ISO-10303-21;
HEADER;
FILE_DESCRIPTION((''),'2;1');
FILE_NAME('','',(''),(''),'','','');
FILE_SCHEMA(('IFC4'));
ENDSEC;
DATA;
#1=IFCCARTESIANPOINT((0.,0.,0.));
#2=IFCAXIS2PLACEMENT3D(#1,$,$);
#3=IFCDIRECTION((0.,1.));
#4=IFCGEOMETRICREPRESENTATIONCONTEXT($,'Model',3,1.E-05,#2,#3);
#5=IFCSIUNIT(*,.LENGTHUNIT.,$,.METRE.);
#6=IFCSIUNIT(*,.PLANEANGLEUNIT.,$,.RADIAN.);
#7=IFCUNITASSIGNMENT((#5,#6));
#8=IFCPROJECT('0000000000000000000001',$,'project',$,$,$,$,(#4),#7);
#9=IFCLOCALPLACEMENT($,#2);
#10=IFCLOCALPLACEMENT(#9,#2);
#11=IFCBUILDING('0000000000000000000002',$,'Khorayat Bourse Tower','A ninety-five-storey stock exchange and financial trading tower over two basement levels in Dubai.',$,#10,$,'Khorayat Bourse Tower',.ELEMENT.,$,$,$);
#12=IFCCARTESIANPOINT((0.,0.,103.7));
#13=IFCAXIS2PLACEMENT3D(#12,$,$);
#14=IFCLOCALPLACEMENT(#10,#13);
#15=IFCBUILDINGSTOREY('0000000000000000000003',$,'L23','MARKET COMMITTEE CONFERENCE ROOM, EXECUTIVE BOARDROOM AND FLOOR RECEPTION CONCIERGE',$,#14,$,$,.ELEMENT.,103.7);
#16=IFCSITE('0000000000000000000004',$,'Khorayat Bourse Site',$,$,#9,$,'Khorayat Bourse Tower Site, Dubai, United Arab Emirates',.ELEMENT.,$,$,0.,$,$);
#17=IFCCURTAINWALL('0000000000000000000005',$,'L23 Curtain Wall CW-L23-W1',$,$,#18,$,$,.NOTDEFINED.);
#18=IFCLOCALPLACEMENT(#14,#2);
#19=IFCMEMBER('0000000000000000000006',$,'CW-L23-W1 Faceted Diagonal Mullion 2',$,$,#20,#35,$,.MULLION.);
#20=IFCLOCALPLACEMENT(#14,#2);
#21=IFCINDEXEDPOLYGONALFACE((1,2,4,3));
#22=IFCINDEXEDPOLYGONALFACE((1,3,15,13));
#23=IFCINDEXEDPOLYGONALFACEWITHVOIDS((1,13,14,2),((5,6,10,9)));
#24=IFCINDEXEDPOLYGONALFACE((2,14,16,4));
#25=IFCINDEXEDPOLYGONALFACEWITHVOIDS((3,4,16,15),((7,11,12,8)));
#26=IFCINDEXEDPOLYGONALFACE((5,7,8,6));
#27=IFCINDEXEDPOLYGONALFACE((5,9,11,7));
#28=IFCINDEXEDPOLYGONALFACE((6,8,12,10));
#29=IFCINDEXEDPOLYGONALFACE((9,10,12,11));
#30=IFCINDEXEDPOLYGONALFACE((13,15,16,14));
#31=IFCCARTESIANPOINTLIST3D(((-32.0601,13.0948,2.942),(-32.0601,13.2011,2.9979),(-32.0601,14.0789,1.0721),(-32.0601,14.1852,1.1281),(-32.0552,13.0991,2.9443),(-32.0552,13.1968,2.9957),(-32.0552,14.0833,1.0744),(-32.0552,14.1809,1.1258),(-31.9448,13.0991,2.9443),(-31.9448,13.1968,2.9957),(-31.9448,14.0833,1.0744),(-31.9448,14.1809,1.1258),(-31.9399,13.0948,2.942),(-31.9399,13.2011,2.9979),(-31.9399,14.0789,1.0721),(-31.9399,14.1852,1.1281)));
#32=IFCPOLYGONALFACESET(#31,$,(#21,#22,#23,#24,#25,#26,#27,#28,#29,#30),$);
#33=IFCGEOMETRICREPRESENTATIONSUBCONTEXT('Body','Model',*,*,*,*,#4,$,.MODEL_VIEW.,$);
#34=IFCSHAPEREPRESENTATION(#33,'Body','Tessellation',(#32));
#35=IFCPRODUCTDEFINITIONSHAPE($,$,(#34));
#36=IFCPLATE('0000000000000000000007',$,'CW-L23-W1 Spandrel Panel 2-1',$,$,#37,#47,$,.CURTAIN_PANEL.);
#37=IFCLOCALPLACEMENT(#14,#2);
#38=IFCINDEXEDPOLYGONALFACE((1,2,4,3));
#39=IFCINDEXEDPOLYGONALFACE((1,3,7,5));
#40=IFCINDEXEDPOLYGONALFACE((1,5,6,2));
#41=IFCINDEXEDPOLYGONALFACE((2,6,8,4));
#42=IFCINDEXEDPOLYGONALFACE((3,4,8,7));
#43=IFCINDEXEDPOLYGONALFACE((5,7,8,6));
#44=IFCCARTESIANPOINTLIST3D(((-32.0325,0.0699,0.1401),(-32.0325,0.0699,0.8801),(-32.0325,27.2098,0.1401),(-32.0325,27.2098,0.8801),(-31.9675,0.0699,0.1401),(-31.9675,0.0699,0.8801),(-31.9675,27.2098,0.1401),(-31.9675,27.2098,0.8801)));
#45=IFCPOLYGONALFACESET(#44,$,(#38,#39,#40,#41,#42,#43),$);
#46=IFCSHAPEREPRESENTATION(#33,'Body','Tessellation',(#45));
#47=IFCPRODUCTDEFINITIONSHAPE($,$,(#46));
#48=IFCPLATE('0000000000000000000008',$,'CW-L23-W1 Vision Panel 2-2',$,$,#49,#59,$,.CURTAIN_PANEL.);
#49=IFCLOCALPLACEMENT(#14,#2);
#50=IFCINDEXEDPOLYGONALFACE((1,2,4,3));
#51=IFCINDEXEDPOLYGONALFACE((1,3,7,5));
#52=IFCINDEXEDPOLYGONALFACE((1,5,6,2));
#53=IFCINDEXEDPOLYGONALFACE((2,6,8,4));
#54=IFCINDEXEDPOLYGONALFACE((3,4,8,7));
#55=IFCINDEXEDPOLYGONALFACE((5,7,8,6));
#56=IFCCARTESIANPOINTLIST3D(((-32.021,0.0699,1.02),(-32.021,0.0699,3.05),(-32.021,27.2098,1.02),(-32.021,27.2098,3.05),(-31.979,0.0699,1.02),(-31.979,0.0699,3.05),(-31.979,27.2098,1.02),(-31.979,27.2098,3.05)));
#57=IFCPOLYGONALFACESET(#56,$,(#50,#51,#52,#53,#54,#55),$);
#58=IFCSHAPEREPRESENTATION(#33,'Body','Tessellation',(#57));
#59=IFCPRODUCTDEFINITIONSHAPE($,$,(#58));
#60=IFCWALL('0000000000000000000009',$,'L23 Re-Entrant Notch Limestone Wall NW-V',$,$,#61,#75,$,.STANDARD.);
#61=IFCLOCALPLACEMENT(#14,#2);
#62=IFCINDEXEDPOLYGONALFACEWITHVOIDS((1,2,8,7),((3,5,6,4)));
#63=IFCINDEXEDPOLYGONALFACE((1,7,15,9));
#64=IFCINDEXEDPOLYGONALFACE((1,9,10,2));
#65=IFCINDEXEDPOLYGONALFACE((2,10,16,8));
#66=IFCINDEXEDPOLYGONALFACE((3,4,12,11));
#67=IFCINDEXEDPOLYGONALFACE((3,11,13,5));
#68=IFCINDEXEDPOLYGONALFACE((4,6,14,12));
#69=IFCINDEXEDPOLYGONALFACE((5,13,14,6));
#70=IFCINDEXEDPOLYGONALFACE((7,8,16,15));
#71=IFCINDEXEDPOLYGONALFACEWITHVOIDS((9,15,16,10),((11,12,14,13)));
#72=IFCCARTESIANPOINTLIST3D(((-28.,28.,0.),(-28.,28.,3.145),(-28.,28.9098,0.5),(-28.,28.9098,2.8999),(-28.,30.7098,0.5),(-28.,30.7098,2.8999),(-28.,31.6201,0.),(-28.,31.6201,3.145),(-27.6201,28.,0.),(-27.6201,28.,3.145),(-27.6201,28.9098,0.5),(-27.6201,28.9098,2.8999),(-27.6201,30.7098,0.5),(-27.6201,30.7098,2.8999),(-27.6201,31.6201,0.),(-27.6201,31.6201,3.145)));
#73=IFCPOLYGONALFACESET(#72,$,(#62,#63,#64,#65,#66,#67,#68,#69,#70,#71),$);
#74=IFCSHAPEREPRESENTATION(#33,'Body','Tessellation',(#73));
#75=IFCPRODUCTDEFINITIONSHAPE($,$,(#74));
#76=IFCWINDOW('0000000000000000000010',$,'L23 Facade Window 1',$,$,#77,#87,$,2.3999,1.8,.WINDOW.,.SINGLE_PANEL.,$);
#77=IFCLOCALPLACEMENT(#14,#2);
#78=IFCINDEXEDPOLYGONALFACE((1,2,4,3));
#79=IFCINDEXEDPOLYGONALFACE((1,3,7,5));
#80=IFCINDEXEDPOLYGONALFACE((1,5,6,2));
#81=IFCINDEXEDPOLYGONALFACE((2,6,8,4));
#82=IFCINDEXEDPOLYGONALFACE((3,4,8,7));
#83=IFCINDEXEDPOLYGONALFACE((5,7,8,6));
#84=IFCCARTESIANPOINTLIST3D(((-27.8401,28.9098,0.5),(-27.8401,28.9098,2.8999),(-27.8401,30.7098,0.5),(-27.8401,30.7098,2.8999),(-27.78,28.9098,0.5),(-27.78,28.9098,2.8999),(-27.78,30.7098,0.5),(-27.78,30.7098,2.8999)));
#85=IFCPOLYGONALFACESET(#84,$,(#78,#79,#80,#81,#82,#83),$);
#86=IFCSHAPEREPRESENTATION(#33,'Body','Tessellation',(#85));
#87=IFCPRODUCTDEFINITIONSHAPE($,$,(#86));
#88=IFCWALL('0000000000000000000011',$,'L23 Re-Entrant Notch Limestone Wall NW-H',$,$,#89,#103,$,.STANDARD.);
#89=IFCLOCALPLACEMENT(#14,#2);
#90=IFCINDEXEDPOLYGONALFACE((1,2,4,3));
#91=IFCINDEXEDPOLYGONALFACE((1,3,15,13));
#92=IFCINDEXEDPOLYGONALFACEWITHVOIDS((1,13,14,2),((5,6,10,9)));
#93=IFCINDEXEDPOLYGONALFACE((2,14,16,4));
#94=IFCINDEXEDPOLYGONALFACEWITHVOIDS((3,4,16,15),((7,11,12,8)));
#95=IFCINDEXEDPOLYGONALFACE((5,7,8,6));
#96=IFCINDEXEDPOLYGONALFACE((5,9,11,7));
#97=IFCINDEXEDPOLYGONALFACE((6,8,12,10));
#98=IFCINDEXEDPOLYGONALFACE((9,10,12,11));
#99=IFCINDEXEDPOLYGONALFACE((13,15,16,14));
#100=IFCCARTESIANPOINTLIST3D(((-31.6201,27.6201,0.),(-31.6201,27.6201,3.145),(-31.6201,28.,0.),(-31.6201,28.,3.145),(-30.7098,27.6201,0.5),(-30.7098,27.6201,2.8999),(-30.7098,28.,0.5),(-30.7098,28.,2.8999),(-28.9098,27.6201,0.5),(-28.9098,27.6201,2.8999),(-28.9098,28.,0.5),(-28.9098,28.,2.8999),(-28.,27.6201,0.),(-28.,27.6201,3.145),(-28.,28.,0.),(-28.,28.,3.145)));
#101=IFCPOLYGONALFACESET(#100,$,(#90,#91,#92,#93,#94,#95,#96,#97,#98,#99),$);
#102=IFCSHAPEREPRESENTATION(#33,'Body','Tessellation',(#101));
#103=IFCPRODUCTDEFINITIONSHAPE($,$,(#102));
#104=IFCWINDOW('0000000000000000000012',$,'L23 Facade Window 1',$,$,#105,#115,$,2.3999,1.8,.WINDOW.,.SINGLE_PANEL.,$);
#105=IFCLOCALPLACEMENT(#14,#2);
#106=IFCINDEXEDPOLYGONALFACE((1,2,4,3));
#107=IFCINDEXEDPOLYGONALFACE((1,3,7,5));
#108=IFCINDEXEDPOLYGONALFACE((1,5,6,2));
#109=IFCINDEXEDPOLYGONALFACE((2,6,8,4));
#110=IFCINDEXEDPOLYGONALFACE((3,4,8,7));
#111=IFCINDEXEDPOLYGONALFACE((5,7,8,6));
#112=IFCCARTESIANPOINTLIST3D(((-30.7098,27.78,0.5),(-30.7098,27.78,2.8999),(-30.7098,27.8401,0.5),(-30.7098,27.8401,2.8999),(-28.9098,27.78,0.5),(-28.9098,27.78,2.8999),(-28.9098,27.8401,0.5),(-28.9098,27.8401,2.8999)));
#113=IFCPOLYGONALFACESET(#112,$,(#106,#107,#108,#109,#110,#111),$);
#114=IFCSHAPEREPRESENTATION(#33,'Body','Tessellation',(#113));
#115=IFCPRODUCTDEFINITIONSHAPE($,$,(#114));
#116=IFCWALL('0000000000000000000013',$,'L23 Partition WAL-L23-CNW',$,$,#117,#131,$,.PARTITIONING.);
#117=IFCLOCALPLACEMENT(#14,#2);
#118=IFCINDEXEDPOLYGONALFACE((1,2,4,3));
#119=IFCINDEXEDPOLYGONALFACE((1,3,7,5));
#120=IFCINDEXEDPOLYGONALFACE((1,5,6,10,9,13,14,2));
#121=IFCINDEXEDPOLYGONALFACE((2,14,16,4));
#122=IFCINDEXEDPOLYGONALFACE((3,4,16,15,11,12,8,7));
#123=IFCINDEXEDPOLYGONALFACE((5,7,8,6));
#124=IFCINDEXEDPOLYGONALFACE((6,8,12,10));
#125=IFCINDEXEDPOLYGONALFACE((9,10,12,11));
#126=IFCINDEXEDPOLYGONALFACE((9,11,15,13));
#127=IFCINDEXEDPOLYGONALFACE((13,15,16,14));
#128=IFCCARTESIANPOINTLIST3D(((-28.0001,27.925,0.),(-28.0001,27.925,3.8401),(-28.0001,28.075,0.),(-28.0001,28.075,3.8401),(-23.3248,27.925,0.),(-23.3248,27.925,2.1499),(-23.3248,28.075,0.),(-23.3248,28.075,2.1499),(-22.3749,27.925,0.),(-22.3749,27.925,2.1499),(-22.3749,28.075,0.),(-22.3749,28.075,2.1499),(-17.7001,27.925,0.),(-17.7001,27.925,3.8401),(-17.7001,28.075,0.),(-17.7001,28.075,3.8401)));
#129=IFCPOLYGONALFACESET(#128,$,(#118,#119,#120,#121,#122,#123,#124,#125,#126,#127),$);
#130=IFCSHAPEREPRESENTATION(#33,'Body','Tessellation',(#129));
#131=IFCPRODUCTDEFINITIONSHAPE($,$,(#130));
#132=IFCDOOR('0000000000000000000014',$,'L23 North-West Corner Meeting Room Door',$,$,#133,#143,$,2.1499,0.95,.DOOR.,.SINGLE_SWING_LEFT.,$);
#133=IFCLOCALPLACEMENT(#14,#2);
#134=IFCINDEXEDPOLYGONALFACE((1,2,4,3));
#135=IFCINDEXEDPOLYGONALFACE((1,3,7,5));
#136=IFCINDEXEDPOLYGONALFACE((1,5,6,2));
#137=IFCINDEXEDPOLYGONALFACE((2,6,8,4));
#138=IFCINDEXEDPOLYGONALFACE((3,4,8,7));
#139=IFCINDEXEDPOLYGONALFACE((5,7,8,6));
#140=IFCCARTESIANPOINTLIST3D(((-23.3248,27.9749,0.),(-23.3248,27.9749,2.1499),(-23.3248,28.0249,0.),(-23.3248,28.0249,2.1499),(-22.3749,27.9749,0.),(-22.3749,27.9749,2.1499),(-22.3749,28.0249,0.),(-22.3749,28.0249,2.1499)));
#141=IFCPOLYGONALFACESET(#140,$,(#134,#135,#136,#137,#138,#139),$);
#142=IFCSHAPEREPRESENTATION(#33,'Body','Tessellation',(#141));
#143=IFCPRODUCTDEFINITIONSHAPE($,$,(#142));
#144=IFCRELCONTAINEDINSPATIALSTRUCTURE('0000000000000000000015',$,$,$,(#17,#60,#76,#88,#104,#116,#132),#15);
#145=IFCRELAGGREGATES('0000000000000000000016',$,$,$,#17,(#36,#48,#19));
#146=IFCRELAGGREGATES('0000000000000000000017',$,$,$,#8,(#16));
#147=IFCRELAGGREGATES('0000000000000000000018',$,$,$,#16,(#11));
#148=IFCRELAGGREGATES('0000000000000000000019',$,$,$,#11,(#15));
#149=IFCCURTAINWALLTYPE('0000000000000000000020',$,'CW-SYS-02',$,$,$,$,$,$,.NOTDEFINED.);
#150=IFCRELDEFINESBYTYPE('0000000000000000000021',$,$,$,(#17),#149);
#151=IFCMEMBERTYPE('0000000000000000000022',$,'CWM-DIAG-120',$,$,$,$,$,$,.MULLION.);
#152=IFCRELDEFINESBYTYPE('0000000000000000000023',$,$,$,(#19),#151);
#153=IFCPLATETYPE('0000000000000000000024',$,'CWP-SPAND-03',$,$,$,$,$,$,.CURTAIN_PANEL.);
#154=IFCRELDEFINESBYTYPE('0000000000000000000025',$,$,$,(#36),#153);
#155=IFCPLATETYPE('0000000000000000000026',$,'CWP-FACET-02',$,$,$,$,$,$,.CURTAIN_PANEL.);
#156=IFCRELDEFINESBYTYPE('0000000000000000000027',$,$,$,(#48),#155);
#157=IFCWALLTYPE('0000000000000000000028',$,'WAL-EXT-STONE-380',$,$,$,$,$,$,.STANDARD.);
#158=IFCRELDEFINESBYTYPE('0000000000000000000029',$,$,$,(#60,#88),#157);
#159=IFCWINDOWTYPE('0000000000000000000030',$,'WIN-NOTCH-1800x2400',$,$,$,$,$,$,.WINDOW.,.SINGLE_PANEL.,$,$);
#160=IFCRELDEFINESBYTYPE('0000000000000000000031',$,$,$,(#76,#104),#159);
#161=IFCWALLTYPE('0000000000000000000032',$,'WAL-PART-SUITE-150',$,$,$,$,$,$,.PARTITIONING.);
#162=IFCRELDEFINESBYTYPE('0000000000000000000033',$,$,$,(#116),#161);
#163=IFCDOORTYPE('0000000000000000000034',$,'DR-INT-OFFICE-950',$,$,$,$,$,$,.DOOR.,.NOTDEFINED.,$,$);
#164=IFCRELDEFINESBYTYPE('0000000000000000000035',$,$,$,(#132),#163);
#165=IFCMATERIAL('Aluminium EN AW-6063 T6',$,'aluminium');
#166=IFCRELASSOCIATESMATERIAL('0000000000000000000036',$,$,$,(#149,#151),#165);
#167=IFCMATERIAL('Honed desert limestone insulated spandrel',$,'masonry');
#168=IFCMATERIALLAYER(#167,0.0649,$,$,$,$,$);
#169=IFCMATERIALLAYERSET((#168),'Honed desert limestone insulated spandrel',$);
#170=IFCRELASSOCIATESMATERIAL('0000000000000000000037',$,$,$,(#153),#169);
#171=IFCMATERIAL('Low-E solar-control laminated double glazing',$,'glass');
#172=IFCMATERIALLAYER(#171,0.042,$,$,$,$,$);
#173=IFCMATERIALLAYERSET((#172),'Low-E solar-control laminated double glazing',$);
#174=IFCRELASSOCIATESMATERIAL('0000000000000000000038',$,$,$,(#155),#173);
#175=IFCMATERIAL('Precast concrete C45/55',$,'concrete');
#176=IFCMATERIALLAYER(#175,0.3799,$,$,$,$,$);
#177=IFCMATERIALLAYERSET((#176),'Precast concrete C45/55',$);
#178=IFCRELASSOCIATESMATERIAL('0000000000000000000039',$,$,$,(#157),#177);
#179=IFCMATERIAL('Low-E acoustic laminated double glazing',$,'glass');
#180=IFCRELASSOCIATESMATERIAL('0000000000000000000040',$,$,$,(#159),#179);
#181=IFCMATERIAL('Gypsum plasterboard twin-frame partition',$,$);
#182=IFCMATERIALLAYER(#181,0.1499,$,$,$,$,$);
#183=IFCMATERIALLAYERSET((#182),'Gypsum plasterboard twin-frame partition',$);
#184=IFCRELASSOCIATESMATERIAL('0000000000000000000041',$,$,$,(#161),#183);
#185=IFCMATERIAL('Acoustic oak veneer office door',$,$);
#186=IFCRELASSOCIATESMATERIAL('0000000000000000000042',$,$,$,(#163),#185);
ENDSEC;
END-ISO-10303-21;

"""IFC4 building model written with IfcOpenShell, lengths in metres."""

from ifc_helpers import new_model, si_unit, direction, frame, frame_2d, origin, origin_2d, place, context, subcontext, project, spatial, rectangle, hollow_rectangle, extrude, source, transform, mapped, material, layer, layer_set, material_profile, profile_set, type_object, element, fill, aggregate, save


model = new_model("IFC4")

# Units and contexts
model_context = context("Model", 3, precision=1e-05, world=origin(), true_north=direction((0.0, 1.0)))
body_context = subcontext(model_context, "Body", "Model", "MODEL_VIEW")
ifc_project = project(units=[si_unit("LENGTHUNIT", "METRE"), si_unit("PLANEANGLEUNIT", "RADIAN")], contexts=[model_context])

# Site, building, storey
site_placement = place(None, origin())
site = spatial("IfcSite", under=ifc_project, at=site_placement, Name="Khorayat Bourse Site", LongName="Khorayat Bourse Tower Site, Dubai, United Arab Emirates", CompositionType="ELEMENT", RefElevation=0.0)
building_placement = place(site_placement, origin())
building = spatial("IfcBuilding", under=site, at=building_placement, Name="Khorayat Bourse Tower", Description="A ninety-five-storey stock exchange and financial trading tower over two basement levels in Dubai.", LongName="Khorayat Bourse Tower", CompositionType="ELEMENT")
storey_placement = place(building_placement, frame((0.0, 0.0, 103.7)))
storey = spatial("IfcBuildingStorey", under=building, at=storey_placement, Name="L23", Description="MARKET COMMITTEE CONFERENCE ROOM, EXECUTIVE BOARDROOM AND FLOOR RECEPTION CONCIERGE", CompositionType="ELEMENT", Elevation=103.7)

# Shared definitions
ifc_material_1 = material(Name="Aluminium EN AW-6063 T6", Category="aluminium")
curtain_wall_type = type_object("IfcCurtainWallType", Name="CW-SYS-02", PredefinedType="NOTDEFINED", material=ifc_material_1)

# Curtain wall, member, plates
curtain_wall_1_placement = place(storey_placement, origin())
curtain_wall_1 = element("IfcCurtainWall", 1, at=curtain_wall_1_placement, inside=storey, type_object=curtain_wall_type, Name="L23 Curtain Wall CW-L23-W1", PredefinedType="NOTDEFINED")
ifc_material_profile_1 = material_profile(ifc_material_1, hollow_rectangle(XDim=0.1201, YDim=0.1201, WallThickness=0.0049, at=origin_2d()), Name="ALU 120x120x5")
ifc_profile_set_1 = profile_set([ifc_material_profile_1], Name="Aluminium EN AW-6063 T6")
member_type_1 = type_object("IfcMemberType", Name="CWM-DIAG-120", PredefinedType="MULLION", material=ifc_profile_set_1)
shared_shape_1 = source(origin(), body_context, "Body", "SweptSolid", [
    extrude(hollow_rectangle(XDim=0.1201, YDim=0.1201, WallThickness=0.0049, at=origin_2d()), origin(), (0.0, 0.0, 1.0), 2.113),
])
member_1_placement = place(storey_placement, frame((-32.0, 14.1321, 1.1001), z_axis=(0.0, -0.465742, 0.884921), x_axis=(1.0, 0.0, 0.0)))
member_1 = element("IfcMember", 2, at=member_1_placement, type_object=member_type_1, Name="CW-L23-W1 Faceted Diagonal Mullion 2", PredefinedType="MULLION", context=body_context, shape_type="MappedRepresentation", body=[
    mapped(shared_shape_1, transform((0.0, 0.0, 0.0), scale=1.0)),
])
ifc_material_2 = material(Name="Honed desert limestone insulated spandrel", Category="masonry")
ifc_layer_1 = layer(ifc_material_2, 0.0649)
ifc_layer_set_1 = layer_set([ifc_layer_1], Name="Honed desert limestone insulated spandrel")
plate_type_1 = type_object("IfcPlateType", Name="CWP-SPAND-03", PredefinedType="CURTAIN_PANEL", material=ifc_layer_set_1)
shared_shape_2 = source(origin(), body_context, "Body", "SweptSolid", [
    extrude(rectangle(XDim=27.1399, YDim=0.0649, at=origin_2d()), origin(), (0.0, 0.0, 1.0), 0.74),
])
plate_1_placement = place(storey_placement, frame((-32.0, 13.6399, 0.1401), z_axis=(0.0, 0.0, 1.0), x_axis=(0.0, 1.0, 0.0)))
plate_1 = element("IfcPlate", 3, at=plate_1_placement, type_object=plate_type_1, Name="CW-L23-W1 Spandrel Panel 2-1", PredefinedType="CURTAIN_PANEL", context=body_context, shape_type="MappedRepresentation", body=[
    mapped(shared_shape_2, transform((0.0, 0.0, 0.0), scale=1.0)),
])
ifc_material_3 = material(Name="Low-E solar-control laminated double glazing", Category="glass")
ifc_layer_2 = layer(ifc_material_3, 0.042)
ifc_layer_set_2 = layer_set([ifc_layer_2], Name="Low-E solar-control laminated double glazing")
plate_type_2 = type_object("IfcPlateType", Name="CWP-FACET-02", PredefinedType="CURTAIN_PANEL", material=ifc_layer_set_2)
shared_shape_3 = source(origin(), body_context, "Body", "SweptSolid", [
    extrude(rectangle(XDim=27.1399, YDim=0.042, at=origin_2d()), origin(), (0.0, 0.0, 1.0), 2.03),
])
plate_2_placement = place(storey_placement, frame((-32.0, 13.6399, 1.02), z_axis=(0.0, 0.0, 1.0), x_axis=(0.0, 1.0, 0.0)))
plate_2 = element("IfcPlate", 4, at=plate_2_placement, type_object=plate_type_2, Name="CW-L23-W1 Vision Panel 2-2", PredefinedType="CURTAIN_PANEL", context=body_context, shape_type="MappedRepresentation", body=[
    mapped(shared_shape_3, transform((0.0, 0.0, 0.0), scale=1.0)),
])
aggregate(curtain_wall_1, [plate_1, plate_2, member_1])

# Walls, openings, windows
ifc_material_4 = material(Name="Precast concrete C45/55", Category="concrete")
ifc_layer_3 = layer(ifc_material_4, 0.3799)
ifc_layer_set_3 = layer_set([ifc_layer_3], Name="Precast concrete C45/55")
wall_type_1 = type_object("IfcWallType", Name="WAL-EXT-STONE-380", PredefinedType="STANDARD", material=ifc_layer_set_3)
shared_shape_4 = source(origin(), body_context, "Body", "SweptSolid", [
    extrude(rectangle(XDim=3.6201, YDim=0.3799, at=frame_2d((1.8101, 0.0))), origin(), (0.0, 0.0, 1.0), 3.145),
])
wall_1_placement = place(storey_placement, frame((-27.8101, 28.0, 0.0), z_axis=(0.0, 0.0, 1.0), x_axis=(0.0, 1.0, 0.0)))
wall_1 = element("IfcWall", 5, at=wall_1_placement, inside=storey, type_object=wall_type_1, Name="L23 Re-Entrant Notch Limestone Wall NW-V", PredefinedType="STANDARD", context=body_context, shape_type="MappedRepresentation", body=[
    mapped(shared_shape_4, transform((0.0, 0.0, 0.0), scale=1.0)),
])
shared_shape_5 = source(origin(), body_context, "Body", "SweptSolid", [
    extrude(rectangle(XDim=1.8, YDim=2.3999, at=frame_2d((0.8999, 1.2))), frame((0.0, 0.2, 0.0), z_axis=(0.0, -1.0, 0.0), x_axis=(1.0, 0.0, 0.0)), (0.0, 0.0, 1.0), 0.3999),
])
opening_1_placement = place(wall_1_placement, frame((0.9099, 0.0, 0.5)))
opening_1 = element("IfcOpeningElement", 6, at=opening_1_placement, cuts=wall_1, PredefinedType="OPENING", context=body_context, shape_type="MappedRepresentation", body=[
    mapped(shared_shape_5, transform((0.0, 0.0, 0.0), scale=1.0)),
])
ifc_material_5 = material(Name="Low-E acoustic laminated double glazing", Category="glass")
window_type = type_object("IfcWindowType", Name="WIN-NOTCH-1800x2400", PartitioningType="SINGLE_PANEL", PredefinedType="WINDOW", material=ifc_material_5)
shared_shape_6 = source(origin(), body_context, "Body", "SweptSolid", [
    extrude(rectangle(XDim=1.8, YDim=2.3999, at=frame_2d((0.8999, 1.2))), frame((0.0, 0.03, 0.0), z_axis=(0.0, -1.0, 0.0), x_axis=(1.0, 0.0, 0.0)), (0.0, 0.0, 1.0), 0.0601),
])
window_1_placement = place(opening_1_placement, origin())
window_1 = element("IfcWindow", 7, at=window_1_placement, inside=storey, type_object=window_type, Name="L23 Facade Window 1", OverallHeight=2.3999, OverallWidth=1.8, PartitioningType="SINGLE_PANEL", PredefinedType="WINDOW", context=body_context, shape_type="MappedRepresentation", body=[
    mapped(shared_shape_6, transform((0.0, 0.0, 0.0), scale=1.0)),
])
fill(opening_1, window_1)
wall_2_placement = place(storey_placement, frame((-28.0, 27.8101, 0.0), z_axis=(0.0, 0.0, 1.0), x_axis=(-1.0, 0.0, 0.0)))
wall_2 = element("IfcWall", 8, at=wall_2_placement, inside=storey, type_object=wall_type_1, Name="L23 Re-Entrant Notch Limestone Wall NW-H", PredefinedType="STANDARD", context=body_context, shape_type="MappedRepresentation", body=[
    mapped(shared_shape_4, transform((0.0, 0.0, 0.0), scale=1.0)),
])
opening_2_placement = place(wall_2_placement, frame((0.9099, 0.0, 0.5)))
opening_2 = element("IfcOpeningElement", 9, at=opening_2_placement, cuts=wall_2, PredefinedType="OPENING", context=body_context, shape_type="MappedRepresentation", body=[
    mapped(shared_shape_5, transform((0.0, 0.0, 0.0), scale=1.0)),
])
window_2_placement = place(opening_2_placement, origin())
window_2 = element("IfcWindow", 10, at=window_2_placement, inside=storey, type_object=window_type, Name="L23 Facade Window 1", OverallHeight=2.3999, OverallWidth=1.8, PartitioningType="SINGLE_PANEL", PredefinedType="WINDOW", context=body_context, shape_type="MappedRepresentation", body=[
    mapped(shared_shape_6, transform((0.0, 0.0, 0.0), scale=1.0)),
])
fill(opening_2, window_2)

# Wall, opening, door
ifc_material_6 = material(Name="Gypsum plasterboard twin-frame partition")
ifc_layer_4 = layer(ifc_material_6, 0.1499)
ifc_layer_set_4 = layer_set([ifc_layer_4], Name="Gypsum plasterboard twin-frame partition")
wall_type_2 = type_object("IfcWallType", Name="WAL-PART-SUITE-150", PredefinedType="PARTITIONING", material=ifc_layer_set_4)
shared_shape_7 = source(origin(), body_context, "Body", "SweptSolid", [
    extrude(rectangle(XDim=10.3, YDim=0.1499, at=frame_2d((5.1499, 0.0))), origin(), (0.0, 0.0, 1.0), 3.8401),
])
wall_3_placement = place(storey_placement, frame((-28.0, 28.0, 0.0), z_axis=(0.0, 0.0, 1.0), x_axis=(1.0, 0.0, 0.0)))
wall_3 = element("IfcWall", 11, at=wall_3_placement, inside=storey, type_object=wall_type_2, Name="L23 Partition WAL-L23-CNW", PredefinedType="PARTITIONING", context=body_context, shape_type="MappedRepresentation", body=[
    mapped(shared_shape_7, transform((0.0, 0.0, 0.0), scale=1.0)),
])
shared_shape_8 = source(origin(), body_context, "Body", "SweptSolid", [
    extrude(rectangle(XDim=0.95, YDim=2.1499, at=frame_2d((0.4751, 1.075))), frame((0.0, 0.085, 0.0), z_axis=(0.0, -1.0, 0.0), x_axis=(1.0, 0.0, 0.0)), (0.0, 0.0, 1.0), 0.1699),
])
opening_3_placement = place(wall_3_placement, frame((4.675, 0.0, 0.0)))
opening_3 = element("IfcOpeningElement", 12, at=opening_3_placement, cuts=wall_3, PredefinedType="OPENING", context=body_context, shape_type="MappedRepresentation", body=[
    mapped(shared_shape_8, transform((0.0, 0.0, 0.0), scale=1.0)),
])
ifc_material_7 = material(Name="Acoustic oak veneer office door")
door_type = type_object("IfcDoorType", Name="DR-INT-OFFICE-950", OperationType="NOTDEFINED", PredefinedType="DOOR", material=ifc_material_7)
shared_shape_9 = source(origin(), body_context, "Body", "SweptSolid", [
    extrude(rectangle(XDim=0.95, YDim=2.1499, at=frame_2d((0.4751, 1.075))), frame((0.0, 0.0249, 0.0), z_axis=(0.0, -1.0, 0.0), x_axis=(1.0, 0.0, 0.0)), (0.0, 0.0, 1.0), 0.05),
])
door_placement = place(opening_3_placement, origin())
door = element("IfcDoor", 13, at=door_placement, inside=storey, type_object=door_type, Name="L23 North-West Corner Meeting Room Door", OperationType="SINGLE_SWING_LEFT", OverallHeight=2.1499, OverallWidth=0.95, PredefinedType="DOOR", context=body_context, shape_type="MappedRepresentation", body=[
    mapped(shared_shape_9, transform((0.0, 0.0, 0.0), scale=1.0)),
])
fill(opening_3, door)

save(model, "model.ifc")
